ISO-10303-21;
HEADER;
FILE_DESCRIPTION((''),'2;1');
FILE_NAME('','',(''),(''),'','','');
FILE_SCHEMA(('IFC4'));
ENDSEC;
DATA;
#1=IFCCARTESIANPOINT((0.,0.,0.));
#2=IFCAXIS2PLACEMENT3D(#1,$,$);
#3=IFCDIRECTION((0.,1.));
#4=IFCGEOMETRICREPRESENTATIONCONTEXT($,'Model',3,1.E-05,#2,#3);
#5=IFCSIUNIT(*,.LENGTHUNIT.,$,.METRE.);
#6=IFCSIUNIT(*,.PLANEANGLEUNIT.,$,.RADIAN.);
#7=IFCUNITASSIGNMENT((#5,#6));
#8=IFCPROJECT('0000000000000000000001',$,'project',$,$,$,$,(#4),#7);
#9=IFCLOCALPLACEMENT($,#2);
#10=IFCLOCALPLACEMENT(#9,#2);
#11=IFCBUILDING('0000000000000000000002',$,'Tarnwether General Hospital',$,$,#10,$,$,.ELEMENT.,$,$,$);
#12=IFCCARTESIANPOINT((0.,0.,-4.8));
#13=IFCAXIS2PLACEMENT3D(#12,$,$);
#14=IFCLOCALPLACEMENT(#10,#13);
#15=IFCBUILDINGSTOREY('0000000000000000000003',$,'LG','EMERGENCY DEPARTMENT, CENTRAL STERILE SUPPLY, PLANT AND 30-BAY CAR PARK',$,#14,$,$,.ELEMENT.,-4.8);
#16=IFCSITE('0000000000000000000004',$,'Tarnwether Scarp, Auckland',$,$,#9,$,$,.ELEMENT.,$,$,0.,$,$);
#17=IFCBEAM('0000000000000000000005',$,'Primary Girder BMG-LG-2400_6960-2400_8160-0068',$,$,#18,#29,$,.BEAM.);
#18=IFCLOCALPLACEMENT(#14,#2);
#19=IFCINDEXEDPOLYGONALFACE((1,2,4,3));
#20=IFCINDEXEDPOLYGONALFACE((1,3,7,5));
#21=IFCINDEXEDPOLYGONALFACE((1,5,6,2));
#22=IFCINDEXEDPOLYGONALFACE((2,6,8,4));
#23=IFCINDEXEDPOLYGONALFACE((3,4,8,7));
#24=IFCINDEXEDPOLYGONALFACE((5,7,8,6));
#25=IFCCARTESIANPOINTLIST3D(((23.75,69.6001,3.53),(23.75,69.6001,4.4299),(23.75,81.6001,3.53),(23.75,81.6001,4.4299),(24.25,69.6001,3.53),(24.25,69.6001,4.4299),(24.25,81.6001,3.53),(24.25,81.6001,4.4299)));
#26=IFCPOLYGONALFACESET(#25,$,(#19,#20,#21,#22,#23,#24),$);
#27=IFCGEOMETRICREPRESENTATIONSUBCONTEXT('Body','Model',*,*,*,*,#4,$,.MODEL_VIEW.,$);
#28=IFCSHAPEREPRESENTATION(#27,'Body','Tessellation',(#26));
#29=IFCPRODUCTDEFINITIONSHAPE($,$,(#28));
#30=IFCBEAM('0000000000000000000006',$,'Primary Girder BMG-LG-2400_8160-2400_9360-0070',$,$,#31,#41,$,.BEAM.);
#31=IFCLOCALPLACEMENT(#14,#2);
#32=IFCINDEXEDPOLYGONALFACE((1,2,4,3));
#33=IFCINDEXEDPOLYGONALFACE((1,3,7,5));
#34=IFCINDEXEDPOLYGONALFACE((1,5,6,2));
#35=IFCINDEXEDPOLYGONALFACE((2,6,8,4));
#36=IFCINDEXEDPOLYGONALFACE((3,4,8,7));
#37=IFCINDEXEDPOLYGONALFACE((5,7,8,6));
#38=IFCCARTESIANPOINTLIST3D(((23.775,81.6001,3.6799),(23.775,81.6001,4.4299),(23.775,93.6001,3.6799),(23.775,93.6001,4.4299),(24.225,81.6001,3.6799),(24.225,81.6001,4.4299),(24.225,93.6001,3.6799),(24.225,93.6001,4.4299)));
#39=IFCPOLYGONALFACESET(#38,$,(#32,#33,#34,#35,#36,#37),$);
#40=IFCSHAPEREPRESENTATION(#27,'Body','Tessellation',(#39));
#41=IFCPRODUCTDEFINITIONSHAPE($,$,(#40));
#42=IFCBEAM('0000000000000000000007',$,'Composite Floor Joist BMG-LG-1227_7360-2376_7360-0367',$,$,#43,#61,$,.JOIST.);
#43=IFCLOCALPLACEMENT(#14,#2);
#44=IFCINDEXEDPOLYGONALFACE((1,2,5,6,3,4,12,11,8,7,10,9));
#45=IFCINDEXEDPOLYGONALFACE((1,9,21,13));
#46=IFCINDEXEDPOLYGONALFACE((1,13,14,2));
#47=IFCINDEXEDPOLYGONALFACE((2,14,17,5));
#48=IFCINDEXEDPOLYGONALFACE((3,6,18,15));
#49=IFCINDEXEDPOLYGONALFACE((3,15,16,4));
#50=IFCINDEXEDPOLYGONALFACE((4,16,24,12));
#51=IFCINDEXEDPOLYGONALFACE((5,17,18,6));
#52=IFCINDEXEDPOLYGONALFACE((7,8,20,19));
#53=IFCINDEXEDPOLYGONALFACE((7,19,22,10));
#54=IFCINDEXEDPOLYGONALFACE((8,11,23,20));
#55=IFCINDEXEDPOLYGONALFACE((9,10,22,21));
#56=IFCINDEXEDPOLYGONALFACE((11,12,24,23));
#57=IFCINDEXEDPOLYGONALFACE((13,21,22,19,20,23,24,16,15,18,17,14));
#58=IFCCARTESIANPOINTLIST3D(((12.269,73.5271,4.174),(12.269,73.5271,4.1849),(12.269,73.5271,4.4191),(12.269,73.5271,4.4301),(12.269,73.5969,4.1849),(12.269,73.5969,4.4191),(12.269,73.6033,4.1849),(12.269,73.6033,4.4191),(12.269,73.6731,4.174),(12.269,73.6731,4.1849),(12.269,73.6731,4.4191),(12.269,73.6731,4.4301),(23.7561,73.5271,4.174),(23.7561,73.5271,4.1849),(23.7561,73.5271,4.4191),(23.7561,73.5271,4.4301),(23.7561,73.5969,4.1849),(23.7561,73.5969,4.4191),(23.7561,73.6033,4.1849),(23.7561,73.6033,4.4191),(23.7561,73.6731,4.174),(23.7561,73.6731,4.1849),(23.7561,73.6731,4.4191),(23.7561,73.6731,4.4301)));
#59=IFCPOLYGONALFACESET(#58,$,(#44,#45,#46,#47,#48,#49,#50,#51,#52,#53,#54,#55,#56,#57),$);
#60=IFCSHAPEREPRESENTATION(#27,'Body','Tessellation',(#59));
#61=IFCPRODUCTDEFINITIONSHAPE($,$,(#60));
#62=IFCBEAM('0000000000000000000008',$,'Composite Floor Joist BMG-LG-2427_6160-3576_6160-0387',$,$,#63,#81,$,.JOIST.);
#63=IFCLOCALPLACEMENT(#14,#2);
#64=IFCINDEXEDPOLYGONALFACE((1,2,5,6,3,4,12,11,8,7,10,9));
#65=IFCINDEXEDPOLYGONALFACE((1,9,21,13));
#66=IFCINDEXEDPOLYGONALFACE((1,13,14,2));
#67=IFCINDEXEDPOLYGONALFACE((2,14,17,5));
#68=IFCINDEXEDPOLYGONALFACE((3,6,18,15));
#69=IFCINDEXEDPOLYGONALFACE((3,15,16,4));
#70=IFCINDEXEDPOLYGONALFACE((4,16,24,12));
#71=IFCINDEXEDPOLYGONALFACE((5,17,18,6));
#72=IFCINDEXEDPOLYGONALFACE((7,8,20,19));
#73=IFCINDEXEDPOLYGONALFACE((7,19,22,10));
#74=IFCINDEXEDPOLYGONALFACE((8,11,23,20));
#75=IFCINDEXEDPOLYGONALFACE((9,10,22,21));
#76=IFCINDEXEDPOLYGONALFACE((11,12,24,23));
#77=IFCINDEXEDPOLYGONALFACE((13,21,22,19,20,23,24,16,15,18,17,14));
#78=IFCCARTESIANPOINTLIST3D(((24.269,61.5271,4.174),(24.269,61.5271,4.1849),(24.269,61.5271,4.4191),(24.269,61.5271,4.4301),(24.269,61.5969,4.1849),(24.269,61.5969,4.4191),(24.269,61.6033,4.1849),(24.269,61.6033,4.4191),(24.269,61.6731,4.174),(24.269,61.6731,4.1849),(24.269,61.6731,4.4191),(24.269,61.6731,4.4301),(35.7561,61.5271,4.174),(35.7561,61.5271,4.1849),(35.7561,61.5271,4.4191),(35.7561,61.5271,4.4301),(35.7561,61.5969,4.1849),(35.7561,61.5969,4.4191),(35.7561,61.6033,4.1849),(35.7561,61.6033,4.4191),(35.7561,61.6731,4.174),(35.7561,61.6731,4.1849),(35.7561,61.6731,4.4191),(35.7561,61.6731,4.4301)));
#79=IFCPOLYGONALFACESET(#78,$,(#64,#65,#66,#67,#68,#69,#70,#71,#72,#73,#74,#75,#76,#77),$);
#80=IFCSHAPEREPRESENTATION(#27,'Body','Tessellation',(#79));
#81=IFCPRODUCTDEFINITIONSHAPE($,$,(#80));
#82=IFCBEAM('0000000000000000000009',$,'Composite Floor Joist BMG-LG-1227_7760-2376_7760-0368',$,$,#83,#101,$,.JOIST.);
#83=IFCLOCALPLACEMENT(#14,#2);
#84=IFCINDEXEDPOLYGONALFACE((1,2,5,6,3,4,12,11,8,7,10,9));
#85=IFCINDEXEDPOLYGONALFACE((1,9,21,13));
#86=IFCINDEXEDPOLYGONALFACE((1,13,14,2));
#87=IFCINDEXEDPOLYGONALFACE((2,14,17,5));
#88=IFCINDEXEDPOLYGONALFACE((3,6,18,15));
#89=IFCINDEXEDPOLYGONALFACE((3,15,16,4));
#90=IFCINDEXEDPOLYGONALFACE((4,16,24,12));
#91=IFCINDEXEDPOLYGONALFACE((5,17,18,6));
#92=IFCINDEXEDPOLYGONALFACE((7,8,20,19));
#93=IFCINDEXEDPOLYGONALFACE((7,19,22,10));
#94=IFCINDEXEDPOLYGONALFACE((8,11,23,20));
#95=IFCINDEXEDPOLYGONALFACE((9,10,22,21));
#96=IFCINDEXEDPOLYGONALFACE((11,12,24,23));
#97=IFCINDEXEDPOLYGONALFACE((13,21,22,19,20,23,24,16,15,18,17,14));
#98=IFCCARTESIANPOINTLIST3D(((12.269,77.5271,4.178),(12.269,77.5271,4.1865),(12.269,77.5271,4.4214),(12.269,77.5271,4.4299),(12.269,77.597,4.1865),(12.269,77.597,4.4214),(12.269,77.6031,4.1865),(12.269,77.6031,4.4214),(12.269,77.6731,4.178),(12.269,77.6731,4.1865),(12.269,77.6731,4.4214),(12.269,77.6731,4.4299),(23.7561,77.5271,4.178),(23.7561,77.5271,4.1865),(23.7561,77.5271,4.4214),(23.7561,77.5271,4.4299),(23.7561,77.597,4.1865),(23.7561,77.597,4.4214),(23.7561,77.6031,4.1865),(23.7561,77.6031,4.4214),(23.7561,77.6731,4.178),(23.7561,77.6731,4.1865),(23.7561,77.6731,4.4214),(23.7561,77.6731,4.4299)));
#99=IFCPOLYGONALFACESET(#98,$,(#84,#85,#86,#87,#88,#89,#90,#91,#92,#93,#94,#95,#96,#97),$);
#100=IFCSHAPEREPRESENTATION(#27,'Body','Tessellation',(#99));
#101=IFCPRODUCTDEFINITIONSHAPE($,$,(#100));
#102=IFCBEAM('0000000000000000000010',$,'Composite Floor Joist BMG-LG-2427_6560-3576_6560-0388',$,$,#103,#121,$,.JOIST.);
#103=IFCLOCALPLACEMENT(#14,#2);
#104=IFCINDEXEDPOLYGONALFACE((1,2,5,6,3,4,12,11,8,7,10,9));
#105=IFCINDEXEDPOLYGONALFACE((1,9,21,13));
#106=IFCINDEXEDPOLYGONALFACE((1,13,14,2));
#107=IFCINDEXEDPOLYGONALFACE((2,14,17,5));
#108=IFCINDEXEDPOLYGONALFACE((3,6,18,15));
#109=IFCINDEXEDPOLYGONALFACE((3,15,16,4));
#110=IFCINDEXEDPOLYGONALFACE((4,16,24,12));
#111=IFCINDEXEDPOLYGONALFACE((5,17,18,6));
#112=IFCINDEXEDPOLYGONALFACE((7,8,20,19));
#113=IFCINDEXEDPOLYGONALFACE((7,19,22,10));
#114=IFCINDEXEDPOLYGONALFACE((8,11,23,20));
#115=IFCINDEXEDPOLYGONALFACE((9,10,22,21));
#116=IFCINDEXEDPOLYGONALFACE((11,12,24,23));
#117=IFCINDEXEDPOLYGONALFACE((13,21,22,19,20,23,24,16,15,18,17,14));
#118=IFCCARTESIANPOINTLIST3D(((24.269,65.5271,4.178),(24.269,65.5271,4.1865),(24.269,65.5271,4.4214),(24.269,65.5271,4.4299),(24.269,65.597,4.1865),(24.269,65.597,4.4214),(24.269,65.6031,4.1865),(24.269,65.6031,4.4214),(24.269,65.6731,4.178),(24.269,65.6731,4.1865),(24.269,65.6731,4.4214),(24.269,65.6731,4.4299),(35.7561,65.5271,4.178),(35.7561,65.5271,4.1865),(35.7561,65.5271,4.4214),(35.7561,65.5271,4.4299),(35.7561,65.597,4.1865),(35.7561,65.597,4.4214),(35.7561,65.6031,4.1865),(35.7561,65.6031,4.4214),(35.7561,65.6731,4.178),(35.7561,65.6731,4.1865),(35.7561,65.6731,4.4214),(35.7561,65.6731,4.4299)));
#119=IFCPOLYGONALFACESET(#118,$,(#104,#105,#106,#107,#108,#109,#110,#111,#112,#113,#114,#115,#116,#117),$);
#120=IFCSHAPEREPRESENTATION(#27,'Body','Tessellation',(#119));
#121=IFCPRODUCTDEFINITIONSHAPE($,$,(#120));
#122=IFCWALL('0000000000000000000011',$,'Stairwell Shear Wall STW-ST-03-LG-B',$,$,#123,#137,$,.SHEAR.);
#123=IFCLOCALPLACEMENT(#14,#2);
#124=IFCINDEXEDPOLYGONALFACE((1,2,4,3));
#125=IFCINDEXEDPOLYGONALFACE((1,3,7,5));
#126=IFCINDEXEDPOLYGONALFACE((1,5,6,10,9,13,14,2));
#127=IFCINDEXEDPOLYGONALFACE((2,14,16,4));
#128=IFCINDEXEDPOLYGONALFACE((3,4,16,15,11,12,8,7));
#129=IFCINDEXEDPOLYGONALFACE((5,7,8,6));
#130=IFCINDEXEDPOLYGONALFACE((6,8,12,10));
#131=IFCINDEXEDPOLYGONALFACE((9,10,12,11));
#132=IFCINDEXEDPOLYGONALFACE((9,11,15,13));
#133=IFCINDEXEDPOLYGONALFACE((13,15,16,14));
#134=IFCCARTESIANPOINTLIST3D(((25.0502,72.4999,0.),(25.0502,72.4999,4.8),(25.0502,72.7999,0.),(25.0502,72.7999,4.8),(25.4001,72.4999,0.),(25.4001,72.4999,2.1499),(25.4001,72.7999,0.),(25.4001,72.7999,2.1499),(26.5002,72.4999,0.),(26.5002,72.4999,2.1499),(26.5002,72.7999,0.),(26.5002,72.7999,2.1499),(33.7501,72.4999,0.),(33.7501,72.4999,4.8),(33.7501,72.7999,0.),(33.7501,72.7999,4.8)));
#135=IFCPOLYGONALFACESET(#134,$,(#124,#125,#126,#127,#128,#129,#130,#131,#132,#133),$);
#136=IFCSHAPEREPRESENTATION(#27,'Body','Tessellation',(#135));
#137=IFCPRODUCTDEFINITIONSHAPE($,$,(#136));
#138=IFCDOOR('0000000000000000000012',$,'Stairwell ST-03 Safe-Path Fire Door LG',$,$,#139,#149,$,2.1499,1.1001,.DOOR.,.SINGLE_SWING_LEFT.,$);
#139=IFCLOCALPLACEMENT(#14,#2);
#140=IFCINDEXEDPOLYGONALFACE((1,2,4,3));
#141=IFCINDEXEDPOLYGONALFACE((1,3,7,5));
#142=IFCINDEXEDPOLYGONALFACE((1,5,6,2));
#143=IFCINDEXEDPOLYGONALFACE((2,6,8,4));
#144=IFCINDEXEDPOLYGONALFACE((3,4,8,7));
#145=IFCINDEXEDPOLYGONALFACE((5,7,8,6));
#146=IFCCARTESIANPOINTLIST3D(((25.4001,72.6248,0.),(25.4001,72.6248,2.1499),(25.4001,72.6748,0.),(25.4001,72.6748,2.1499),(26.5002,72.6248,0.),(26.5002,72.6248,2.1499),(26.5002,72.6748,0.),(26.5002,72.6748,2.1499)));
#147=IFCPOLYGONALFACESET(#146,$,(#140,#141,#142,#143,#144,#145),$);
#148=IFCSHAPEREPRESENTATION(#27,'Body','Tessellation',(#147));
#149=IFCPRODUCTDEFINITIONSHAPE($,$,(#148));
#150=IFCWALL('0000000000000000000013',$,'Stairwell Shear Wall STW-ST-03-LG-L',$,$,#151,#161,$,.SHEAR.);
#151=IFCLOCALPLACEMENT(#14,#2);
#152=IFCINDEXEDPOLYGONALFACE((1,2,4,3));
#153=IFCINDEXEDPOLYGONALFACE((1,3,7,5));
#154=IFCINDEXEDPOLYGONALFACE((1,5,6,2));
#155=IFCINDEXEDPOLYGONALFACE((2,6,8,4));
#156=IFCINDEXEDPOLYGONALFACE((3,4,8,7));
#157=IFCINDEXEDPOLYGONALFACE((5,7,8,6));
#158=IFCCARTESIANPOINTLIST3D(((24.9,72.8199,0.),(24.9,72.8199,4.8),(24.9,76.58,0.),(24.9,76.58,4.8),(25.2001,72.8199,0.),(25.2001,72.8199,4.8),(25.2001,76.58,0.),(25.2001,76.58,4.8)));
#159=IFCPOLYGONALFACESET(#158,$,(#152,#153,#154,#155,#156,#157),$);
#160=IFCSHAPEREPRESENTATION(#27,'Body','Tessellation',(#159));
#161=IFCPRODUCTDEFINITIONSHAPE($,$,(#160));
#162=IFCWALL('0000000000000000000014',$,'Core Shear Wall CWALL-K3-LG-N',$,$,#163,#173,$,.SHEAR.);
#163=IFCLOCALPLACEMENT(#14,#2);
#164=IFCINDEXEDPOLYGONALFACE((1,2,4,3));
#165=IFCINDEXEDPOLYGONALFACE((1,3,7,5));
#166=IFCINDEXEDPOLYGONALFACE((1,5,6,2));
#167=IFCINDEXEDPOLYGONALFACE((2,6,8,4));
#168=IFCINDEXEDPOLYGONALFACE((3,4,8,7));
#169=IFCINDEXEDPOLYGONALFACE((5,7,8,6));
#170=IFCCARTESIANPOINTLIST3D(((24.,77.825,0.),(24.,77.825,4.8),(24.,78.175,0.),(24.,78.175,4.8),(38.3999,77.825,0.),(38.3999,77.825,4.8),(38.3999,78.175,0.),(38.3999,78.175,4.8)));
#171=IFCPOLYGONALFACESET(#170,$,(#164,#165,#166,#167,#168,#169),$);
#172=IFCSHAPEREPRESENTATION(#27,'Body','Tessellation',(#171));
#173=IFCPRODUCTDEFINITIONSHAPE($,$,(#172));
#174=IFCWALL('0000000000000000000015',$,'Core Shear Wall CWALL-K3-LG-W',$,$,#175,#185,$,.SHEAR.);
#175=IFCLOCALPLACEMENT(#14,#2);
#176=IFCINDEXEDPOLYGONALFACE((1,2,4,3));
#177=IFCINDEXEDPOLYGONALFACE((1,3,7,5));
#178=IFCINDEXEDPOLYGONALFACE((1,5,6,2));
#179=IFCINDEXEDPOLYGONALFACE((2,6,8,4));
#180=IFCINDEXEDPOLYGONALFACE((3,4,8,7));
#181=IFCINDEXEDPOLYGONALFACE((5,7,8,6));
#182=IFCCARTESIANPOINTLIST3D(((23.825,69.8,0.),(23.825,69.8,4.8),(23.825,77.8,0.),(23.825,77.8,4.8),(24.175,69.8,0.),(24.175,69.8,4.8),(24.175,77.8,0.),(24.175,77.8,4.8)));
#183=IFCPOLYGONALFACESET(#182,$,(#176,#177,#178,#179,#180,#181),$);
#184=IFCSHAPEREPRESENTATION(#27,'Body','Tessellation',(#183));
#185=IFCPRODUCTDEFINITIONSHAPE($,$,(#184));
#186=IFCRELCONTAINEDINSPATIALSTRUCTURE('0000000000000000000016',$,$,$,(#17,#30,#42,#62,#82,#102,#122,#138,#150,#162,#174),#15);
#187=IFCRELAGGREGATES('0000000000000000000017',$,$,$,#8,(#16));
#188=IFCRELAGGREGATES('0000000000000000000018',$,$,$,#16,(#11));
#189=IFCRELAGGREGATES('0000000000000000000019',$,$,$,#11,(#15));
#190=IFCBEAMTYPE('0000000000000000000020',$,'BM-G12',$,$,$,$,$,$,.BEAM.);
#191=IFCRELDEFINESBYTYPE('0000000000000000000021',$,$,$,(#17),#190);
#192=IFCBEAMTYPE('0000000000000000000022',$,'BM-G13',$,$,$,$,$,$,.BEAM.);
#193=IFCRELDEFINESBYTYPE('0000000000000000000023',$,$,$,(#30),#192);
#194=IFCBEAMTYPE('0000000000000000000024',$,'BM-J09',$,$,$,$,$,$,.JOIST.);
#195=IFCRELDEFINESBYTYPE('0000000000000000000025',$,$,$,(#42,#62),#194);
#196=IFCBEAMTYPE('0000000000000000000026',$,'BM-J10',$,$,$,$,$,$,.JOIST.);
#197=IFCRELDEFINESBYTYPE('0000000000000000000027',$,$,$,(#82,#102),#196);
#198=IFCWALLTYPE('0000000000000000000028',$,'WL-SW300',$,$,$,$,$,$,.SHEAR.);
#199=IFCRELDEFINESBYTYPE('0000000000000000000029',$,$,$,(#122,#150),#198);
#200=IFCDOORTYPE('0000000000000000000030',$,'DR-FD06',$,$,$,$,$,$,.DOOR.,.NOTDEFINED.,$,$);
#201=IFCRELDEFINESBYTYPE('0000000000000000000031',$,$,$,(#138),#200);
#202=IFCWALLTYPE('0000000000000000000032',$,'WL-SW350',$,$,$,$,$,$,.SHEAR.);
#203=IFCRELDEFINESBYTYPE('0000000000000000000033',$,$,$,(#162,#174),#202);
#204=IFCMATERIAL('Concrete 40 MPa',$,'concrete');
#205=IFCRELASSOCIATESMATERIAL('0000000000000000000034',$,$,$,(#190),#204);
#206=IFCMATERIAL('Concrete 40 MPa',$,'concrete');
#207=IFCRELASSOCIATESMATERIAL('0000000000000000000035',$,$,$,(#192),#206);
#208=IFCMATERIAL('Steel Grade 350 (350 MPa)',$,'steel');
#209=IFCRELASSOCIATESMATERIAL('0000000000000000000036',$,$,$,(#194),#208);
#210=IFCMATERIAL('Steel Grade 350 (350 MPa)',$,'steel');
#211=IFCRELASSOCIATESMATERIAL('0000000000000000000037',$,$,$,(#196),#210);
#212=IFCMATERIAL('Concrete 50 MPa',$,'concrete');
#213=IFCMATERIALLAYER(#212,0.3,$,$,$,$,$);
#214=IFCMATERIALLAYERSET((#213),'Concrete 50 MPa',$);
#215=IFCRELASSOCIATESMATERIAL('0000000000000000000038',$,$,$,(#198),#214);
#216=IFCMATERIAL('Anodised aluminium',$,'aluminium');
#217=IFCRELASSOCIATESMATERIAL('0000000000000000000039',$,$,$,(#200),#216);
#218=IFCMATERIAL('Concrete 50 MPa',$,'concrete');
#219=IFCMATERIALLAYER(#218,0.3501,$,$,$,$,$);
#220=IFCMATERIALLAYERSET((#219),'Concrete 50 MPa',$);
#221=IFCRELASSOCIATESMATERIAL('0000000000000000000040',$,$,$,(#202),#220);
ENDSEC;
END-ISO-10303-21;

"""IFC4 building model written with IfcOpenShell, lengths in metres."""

from ifc_helpers import new_model, si_unit, direction, frame, frame_2d, origin, origin_2d, place, context, subcontext, project, spatial, rectangle, i_section, extrude, material, layer, layer_set, material_profile, profile_set, type_object, element, fill, save


model = new_model("IFC4")

# Units and contexts
model_context = context("Model", 3, precision=1e-05, world=origin(), true_north=direction((0.0, 1.0)))
body_context = subcontext(model_context, "Body", "Model", "MODEL_VIEW")
ifc_project = project(units=[si_unit("LENGTHUNIT", "METRE"), si_unit("PLANEANGLEUNIT", "RADIAN")], contexts=[model_context])

# Site, building, storey
site_placement = place(None, origin())
site = spatial("IfcSite", under=ifc_project, at=site_placement, Name="Tarnwether Scarp, Auckland", CompositionType="ELEMENT", RefElevation=0.0)
building_placement = place(site_placement, origin())
building = spatial("IfcBuilding", under=site, at=building_placement, Name="Tarnwether General Hospital", CompositionType="ELEMENT")
storey_placement = place(building_placement, frame((0.0, 0.0, -4.8)))
storey = spatial("IfcBuildingStorey", under=building, at=storey_placement, Name="LG", Description="EMERGENCY DEPARTMENT, CENTRAL STERILE SUPPLY, PLANT AND 30-BAY CAR PARK", CompositionType="ELEMENT", Elevation=-4.8)

# Beams
ifc_material_1 = material(Name="Concrete 40 MPa", Category="concrete")
ifc_material_profile_1 = material_profile(ifc_material_1, rectangle(XDim=0.5, YDim=0.8999, at=origin_2d()), Name="RC-BM-500x900")
ifc_profile_set_1 = profile_set([ifc_material_profile_1], Name="Concrete 40 MPa")
beam_type_1 = type_object("IfcBeamType", Name="BM-G12", PredefinedType="BEAM", material=ifc_profile_set_1)
beam_1_placement = place(storey_placement, frame((24.0, 69.6001, 3.98), z_axis=(0.0, 1.0, 0.0), x_axis=(-1.0, 0.0, 0.0)))
element("IfcBeam", 1, at=beam_1_placement, inside=storey, type_object=beam_type_1, Name="Primary Girder BMG-LG-2400_6960-2400_8160-0068", PredefinedType="BEAM", context=body_context, shape_type="SweptSolid", body=[
    extrude(rectangle(XDim=0.5, YDim=0.8999, at=origin_2d()), origin(), (0.0, 0.0, 1.0), 12.0),
])
ifc_material_2 = material(Name="Concrete 40 MPa", Category="concrete")
ifc_material_profile_2 = material_profile(ifc_material_2, rectangle(XDim=0.45, YDim=0.75, at=origin_2d()), Name="RC-BM-450x750")
ifc_profile_set_2 = profile_set([ifc_material_profile_2], Name="Concrete 40 MPa")
beam_type_2 = type_object("IfcBeamType", Name="BM-G13", PredefinedType="BEAM", material=ifc_profile_set_2)
beam_2_placement = place(storey_placement, frame((24.0, 81.6001, 4.0549), z_axis=(0.0, 1.0, 0.0), x_axis=(-1.0, 0.0, 0.0)))
element("IfcBeam", 2, at=beam_2_placement, inside=storey, type_object=beam_type_2, Name="Primary Girder BMG-LG-2400_8160-2400_9360-0070", PredefinedType="BEAM", context=body_context, shape_type="SweptSolid", body=[
    extrude(rectangle(XDim=0.45, YDim=0.75, at=origin_2d()), origin(), (0.0, 0.0, 1.0), 12.0),
])
ifc_material_3 = material(Name="Steel Grade 350 (350 MPa)", Category="steel")
ifc_material_profile_3 = material_profile(ifc_material_3, i_section(OverallWidth=0.146, OverallDepth=0.2561, WebThickness=0.0063, FlangeThickness=0.011, at=origin_2d()), Name="250UB37.3")
ifc_profile_set_3 = profile_set([ifc_material_profile_3], Name="Steel Grade 350 (350 MPa)")
beam_type_3 = type_object("IfcBeamType", Name="BM-J09", PredefinedType="JOIST", material=ifc_profile_set_3)
for number, where, z_axis, x_axis, name in (
    (3, (12.269, 73.6001, 4.302), (1.0, 0.0, 0.0), (0.0, 1.0, 0.0), "Composite Floor Joist BMG-LG-1227_7360-2376_7360-0367"),
    (4, (24.269, 61.6001, 4.302), (1.0, 0.0, 0.0), (0.0, 1.0, 0.0), "Composite Floor Joist BMG-LG-2427_6160-3576_6160-0387"),
):
    element("IfcBeam", number, at=place(storey_placement, frame(where, z_axis=z_axis, x_axis=x_axis)), inside=storey, type_object=beam_type_3, Name=name, PredefinedType="JOIST", context=body_context, shape_type="SweptSolid", body=[
        extrude(i_section(OverallWidth=0.146, OverallDepth=0.2561, WebThickness=0.0063, FlangeThickness=0.011, at=origin_2d()), origin(), (0.0, 0.0, 1.0), 11.4871),
    ])
ifc_material_4 = material(Name="Steel Grade 350 (350 MPa)", Category="steel")
ifc_material_profile_4 = material_profile(ifc_material_4, i_section(OverallWidth=0.146, OverallDepth=0.252, WebThickness=0.0061, FlangeThickness=0.0085, at=origin_2d()), Name="250UB31.4")
ifc_profile_set_4 = profile_set([ifc_material_profile_4], Name="Steel Grade 350 (350 MPa)")
beam_type_4 = type_object("IfcBeamType", Name="BM-J10", PredefinedType="JOIST", material=ifc_profile_set_4)
for number, where, z_axis, x_axis, name in (
    (5, (12.269, 77.6001, 4.304), (1.0, 0.0, 0.0), (0.0, 1.0, 0.0), "Composite Floor Joist BMG-LG-1227_7760-2376_7760-0368"),
    (6, (24.269, 65.6001, 4.304), (1.0, 0.0, 0.0), (0.0, 1.0, 0.0), "Composite Floor Joist BMG-LG-2427_6560-3576_6560-0388"),
):
    element("IfcBeam", number, at=place(storey_placement, frame(where, z_axis=z_axis, x_axis=x_axis)), inside=storey, type_object=beam_type_4, Name=name, PredefinedType="JOIST", context=body_context, shape_type="SweptSolid", body=[
        extrude(i_section(OverallWidth=0.146, OverallDepth=0.252, WebThickness=0.0061, FlangeThickness=0.0085, at=origin_2d()), origin(), (0.0, 0.0, 1.0), 11.4871),
    ])

# Wall, opening, door
ifc_material_5 = material(Name="Concrete 50 MPa", Category="concrete")
ifc_layer_1 = layer(ifc_material_5, 0.3)
ifc_layer_set_1 = layer_set([ifc_layer_1], Name="Concrete 50 MPa")
wall_type_1 = type_object("IfcWallType", Name="WL-SW300", PredefinedType="SHEAR", material=ifc_layer_set_1)
wall_1_placement = place(storey_placement, frame((25.05, 72.6499, 0.0), z_axis=(0.0, 0.0, 1.0), x_axis=(1.0, 0.0, 0.0)))
wall_1 = element("IfcWall", 7, at=wall_1_placement, inside=storey, type_object=wall_type_1, Name="Stairwell Shear Wall STW-ST-03-LG-B", PredefinedType="SHEAR", context=body_context, shape_type="SweptSolid", body=[
    extrude(rectangle(XDim=8.7, YDim=0.3, at=frame_2d((4.3501, 0.0))), origin(), (0.0, 0.0, 1.0), 4.8),
])
opening_placement = place(wall_1_placement, frame((0.3501, 0.0, 0.0)))
opening = element("IfcOpeningElement", 8, at=opening_placement, cuts=wall_1, PredefinedType="OPENING", context=body_context, shape_type="SweptSolid", body=[
    extrude(rectangle(XDim=1.1001, YDim=2.1499, at=frame_2d((0.55, 1.075))), frame((0.0, 0.1602, 0.0), z_axis=(0.0, -1.0, 0.0), x_axis=(1.0, 0.0, 0.0)), (0.0, 0.0, 1.0), 0.3201),
])
ifc_material_6 = material(Name="Anodised aluminium", Category="aluminium")
door_type = type_object("IfcDoorType", Name="DR-FD06", OperationType="NOTDEFINED", PredefinedType="DOOR", material=ifc_material_6)
door_placement = place(opening_placement, origin())
door = element("IfcDoor", 9, at=door_placement, inside=storey, type_object=door_type, Name="Stairwell ST-03 Safe-Path Fire Door LG", OperationType="SINGLE_SWING_LEFT", OverallHeight=2.1499, OverallWidth=1.1001, PredefinedType="DOOR", context=body_context, shape_type="SweptSolid", body=[
    extrude(rectangle(XDim=1.1001, YDim=2.1499, at=frame_2d((0.55, 1.075))), frame((0.0, 0.0249, 0.0), z_axis=(0.0, -1.0, 0.0), x_axis=(1.0, 0.0, 0.0)), (0.0, 0.0, 1.0), 0.05),
])
fill(opening, door)

# Walls
wall_2_placement = place(storey_placement, frame((25.05, 72.8201, 0.0), z_axis=(0.0, 0.0, 1.0), x_axis=(0.0, 1.0, 0.0)))
element("IfcWall", 10, at=wall_2_placement, inside=storey, type_object=wall_type_1, Name="Stairwell Shear Wall STW-ST-03-LG-L", PredefinedType="SHEAR", context=body_context, shape_type="SweptSolid", body=[
    extrude(rectangle(XDim=3.76, YDim=0.3, at=frame_2d((1.8799, 0.0))), origin(), (0.0, 0.0, 1.0), 4.8),
])
ifc_material_7 = material(Name="Concrete 50 MPa", Category="concrete")
ifc_layer_2 = layer(ifc_material_7, 0.3501)
ifc_layer_set_2 = layer_set([ifc_layer_2], Name="Concrete 50 MPa")
wall_type_2 = type_object("IfcWallType", Name="WL-SW350", PredefinedType="SHEAR", material=ifc_layer_set_2)
wall_3_placement = place(storey_placement, frame((24.0, 78.0, 0.0), z_axis=(0.0, 0.0, 1.0), x_axis=(1.0, 0.0, 0.0)))
element("IfcWall", 11, at=wall_3_placement, inside=storey, type_object=wall_type_2, Name="Core Shear Wall CWALL-K3-LG-N", PredefinedType="SHEAR", context=body_context, shape_type="SweptSolid", body=[
    extrude(rectangle(XDim=14.3999, YDim=0.3501, at=frame_2d((7.2, 0.0))), origin(), (0.0, 0.0, 1.0), 4.8),
])
wall_4_placement = place(storey_placement, frame((24.0, 69.8, 0.0), z_axis=(0.0, 0.0, 1.0), x_axis=(0.0, 1.0, 0.0)))
element("IfcWall", 12, at=wall_4_placement, inside=storey, type_object=wall_type_2, Name="Core Shear Wall CWALL-K3-LG-W", PredefinedType="SHEAR", context=body_context, shape_type="SweptSolid", body=[
    extrude(rectangle(XDim=8.0, YDim=0.3501, at=frame_2d((4.0, 0.0))), origin(), (0.0, 0.0, 1.0), 4.8),
])

save(model, "model.ifc")
